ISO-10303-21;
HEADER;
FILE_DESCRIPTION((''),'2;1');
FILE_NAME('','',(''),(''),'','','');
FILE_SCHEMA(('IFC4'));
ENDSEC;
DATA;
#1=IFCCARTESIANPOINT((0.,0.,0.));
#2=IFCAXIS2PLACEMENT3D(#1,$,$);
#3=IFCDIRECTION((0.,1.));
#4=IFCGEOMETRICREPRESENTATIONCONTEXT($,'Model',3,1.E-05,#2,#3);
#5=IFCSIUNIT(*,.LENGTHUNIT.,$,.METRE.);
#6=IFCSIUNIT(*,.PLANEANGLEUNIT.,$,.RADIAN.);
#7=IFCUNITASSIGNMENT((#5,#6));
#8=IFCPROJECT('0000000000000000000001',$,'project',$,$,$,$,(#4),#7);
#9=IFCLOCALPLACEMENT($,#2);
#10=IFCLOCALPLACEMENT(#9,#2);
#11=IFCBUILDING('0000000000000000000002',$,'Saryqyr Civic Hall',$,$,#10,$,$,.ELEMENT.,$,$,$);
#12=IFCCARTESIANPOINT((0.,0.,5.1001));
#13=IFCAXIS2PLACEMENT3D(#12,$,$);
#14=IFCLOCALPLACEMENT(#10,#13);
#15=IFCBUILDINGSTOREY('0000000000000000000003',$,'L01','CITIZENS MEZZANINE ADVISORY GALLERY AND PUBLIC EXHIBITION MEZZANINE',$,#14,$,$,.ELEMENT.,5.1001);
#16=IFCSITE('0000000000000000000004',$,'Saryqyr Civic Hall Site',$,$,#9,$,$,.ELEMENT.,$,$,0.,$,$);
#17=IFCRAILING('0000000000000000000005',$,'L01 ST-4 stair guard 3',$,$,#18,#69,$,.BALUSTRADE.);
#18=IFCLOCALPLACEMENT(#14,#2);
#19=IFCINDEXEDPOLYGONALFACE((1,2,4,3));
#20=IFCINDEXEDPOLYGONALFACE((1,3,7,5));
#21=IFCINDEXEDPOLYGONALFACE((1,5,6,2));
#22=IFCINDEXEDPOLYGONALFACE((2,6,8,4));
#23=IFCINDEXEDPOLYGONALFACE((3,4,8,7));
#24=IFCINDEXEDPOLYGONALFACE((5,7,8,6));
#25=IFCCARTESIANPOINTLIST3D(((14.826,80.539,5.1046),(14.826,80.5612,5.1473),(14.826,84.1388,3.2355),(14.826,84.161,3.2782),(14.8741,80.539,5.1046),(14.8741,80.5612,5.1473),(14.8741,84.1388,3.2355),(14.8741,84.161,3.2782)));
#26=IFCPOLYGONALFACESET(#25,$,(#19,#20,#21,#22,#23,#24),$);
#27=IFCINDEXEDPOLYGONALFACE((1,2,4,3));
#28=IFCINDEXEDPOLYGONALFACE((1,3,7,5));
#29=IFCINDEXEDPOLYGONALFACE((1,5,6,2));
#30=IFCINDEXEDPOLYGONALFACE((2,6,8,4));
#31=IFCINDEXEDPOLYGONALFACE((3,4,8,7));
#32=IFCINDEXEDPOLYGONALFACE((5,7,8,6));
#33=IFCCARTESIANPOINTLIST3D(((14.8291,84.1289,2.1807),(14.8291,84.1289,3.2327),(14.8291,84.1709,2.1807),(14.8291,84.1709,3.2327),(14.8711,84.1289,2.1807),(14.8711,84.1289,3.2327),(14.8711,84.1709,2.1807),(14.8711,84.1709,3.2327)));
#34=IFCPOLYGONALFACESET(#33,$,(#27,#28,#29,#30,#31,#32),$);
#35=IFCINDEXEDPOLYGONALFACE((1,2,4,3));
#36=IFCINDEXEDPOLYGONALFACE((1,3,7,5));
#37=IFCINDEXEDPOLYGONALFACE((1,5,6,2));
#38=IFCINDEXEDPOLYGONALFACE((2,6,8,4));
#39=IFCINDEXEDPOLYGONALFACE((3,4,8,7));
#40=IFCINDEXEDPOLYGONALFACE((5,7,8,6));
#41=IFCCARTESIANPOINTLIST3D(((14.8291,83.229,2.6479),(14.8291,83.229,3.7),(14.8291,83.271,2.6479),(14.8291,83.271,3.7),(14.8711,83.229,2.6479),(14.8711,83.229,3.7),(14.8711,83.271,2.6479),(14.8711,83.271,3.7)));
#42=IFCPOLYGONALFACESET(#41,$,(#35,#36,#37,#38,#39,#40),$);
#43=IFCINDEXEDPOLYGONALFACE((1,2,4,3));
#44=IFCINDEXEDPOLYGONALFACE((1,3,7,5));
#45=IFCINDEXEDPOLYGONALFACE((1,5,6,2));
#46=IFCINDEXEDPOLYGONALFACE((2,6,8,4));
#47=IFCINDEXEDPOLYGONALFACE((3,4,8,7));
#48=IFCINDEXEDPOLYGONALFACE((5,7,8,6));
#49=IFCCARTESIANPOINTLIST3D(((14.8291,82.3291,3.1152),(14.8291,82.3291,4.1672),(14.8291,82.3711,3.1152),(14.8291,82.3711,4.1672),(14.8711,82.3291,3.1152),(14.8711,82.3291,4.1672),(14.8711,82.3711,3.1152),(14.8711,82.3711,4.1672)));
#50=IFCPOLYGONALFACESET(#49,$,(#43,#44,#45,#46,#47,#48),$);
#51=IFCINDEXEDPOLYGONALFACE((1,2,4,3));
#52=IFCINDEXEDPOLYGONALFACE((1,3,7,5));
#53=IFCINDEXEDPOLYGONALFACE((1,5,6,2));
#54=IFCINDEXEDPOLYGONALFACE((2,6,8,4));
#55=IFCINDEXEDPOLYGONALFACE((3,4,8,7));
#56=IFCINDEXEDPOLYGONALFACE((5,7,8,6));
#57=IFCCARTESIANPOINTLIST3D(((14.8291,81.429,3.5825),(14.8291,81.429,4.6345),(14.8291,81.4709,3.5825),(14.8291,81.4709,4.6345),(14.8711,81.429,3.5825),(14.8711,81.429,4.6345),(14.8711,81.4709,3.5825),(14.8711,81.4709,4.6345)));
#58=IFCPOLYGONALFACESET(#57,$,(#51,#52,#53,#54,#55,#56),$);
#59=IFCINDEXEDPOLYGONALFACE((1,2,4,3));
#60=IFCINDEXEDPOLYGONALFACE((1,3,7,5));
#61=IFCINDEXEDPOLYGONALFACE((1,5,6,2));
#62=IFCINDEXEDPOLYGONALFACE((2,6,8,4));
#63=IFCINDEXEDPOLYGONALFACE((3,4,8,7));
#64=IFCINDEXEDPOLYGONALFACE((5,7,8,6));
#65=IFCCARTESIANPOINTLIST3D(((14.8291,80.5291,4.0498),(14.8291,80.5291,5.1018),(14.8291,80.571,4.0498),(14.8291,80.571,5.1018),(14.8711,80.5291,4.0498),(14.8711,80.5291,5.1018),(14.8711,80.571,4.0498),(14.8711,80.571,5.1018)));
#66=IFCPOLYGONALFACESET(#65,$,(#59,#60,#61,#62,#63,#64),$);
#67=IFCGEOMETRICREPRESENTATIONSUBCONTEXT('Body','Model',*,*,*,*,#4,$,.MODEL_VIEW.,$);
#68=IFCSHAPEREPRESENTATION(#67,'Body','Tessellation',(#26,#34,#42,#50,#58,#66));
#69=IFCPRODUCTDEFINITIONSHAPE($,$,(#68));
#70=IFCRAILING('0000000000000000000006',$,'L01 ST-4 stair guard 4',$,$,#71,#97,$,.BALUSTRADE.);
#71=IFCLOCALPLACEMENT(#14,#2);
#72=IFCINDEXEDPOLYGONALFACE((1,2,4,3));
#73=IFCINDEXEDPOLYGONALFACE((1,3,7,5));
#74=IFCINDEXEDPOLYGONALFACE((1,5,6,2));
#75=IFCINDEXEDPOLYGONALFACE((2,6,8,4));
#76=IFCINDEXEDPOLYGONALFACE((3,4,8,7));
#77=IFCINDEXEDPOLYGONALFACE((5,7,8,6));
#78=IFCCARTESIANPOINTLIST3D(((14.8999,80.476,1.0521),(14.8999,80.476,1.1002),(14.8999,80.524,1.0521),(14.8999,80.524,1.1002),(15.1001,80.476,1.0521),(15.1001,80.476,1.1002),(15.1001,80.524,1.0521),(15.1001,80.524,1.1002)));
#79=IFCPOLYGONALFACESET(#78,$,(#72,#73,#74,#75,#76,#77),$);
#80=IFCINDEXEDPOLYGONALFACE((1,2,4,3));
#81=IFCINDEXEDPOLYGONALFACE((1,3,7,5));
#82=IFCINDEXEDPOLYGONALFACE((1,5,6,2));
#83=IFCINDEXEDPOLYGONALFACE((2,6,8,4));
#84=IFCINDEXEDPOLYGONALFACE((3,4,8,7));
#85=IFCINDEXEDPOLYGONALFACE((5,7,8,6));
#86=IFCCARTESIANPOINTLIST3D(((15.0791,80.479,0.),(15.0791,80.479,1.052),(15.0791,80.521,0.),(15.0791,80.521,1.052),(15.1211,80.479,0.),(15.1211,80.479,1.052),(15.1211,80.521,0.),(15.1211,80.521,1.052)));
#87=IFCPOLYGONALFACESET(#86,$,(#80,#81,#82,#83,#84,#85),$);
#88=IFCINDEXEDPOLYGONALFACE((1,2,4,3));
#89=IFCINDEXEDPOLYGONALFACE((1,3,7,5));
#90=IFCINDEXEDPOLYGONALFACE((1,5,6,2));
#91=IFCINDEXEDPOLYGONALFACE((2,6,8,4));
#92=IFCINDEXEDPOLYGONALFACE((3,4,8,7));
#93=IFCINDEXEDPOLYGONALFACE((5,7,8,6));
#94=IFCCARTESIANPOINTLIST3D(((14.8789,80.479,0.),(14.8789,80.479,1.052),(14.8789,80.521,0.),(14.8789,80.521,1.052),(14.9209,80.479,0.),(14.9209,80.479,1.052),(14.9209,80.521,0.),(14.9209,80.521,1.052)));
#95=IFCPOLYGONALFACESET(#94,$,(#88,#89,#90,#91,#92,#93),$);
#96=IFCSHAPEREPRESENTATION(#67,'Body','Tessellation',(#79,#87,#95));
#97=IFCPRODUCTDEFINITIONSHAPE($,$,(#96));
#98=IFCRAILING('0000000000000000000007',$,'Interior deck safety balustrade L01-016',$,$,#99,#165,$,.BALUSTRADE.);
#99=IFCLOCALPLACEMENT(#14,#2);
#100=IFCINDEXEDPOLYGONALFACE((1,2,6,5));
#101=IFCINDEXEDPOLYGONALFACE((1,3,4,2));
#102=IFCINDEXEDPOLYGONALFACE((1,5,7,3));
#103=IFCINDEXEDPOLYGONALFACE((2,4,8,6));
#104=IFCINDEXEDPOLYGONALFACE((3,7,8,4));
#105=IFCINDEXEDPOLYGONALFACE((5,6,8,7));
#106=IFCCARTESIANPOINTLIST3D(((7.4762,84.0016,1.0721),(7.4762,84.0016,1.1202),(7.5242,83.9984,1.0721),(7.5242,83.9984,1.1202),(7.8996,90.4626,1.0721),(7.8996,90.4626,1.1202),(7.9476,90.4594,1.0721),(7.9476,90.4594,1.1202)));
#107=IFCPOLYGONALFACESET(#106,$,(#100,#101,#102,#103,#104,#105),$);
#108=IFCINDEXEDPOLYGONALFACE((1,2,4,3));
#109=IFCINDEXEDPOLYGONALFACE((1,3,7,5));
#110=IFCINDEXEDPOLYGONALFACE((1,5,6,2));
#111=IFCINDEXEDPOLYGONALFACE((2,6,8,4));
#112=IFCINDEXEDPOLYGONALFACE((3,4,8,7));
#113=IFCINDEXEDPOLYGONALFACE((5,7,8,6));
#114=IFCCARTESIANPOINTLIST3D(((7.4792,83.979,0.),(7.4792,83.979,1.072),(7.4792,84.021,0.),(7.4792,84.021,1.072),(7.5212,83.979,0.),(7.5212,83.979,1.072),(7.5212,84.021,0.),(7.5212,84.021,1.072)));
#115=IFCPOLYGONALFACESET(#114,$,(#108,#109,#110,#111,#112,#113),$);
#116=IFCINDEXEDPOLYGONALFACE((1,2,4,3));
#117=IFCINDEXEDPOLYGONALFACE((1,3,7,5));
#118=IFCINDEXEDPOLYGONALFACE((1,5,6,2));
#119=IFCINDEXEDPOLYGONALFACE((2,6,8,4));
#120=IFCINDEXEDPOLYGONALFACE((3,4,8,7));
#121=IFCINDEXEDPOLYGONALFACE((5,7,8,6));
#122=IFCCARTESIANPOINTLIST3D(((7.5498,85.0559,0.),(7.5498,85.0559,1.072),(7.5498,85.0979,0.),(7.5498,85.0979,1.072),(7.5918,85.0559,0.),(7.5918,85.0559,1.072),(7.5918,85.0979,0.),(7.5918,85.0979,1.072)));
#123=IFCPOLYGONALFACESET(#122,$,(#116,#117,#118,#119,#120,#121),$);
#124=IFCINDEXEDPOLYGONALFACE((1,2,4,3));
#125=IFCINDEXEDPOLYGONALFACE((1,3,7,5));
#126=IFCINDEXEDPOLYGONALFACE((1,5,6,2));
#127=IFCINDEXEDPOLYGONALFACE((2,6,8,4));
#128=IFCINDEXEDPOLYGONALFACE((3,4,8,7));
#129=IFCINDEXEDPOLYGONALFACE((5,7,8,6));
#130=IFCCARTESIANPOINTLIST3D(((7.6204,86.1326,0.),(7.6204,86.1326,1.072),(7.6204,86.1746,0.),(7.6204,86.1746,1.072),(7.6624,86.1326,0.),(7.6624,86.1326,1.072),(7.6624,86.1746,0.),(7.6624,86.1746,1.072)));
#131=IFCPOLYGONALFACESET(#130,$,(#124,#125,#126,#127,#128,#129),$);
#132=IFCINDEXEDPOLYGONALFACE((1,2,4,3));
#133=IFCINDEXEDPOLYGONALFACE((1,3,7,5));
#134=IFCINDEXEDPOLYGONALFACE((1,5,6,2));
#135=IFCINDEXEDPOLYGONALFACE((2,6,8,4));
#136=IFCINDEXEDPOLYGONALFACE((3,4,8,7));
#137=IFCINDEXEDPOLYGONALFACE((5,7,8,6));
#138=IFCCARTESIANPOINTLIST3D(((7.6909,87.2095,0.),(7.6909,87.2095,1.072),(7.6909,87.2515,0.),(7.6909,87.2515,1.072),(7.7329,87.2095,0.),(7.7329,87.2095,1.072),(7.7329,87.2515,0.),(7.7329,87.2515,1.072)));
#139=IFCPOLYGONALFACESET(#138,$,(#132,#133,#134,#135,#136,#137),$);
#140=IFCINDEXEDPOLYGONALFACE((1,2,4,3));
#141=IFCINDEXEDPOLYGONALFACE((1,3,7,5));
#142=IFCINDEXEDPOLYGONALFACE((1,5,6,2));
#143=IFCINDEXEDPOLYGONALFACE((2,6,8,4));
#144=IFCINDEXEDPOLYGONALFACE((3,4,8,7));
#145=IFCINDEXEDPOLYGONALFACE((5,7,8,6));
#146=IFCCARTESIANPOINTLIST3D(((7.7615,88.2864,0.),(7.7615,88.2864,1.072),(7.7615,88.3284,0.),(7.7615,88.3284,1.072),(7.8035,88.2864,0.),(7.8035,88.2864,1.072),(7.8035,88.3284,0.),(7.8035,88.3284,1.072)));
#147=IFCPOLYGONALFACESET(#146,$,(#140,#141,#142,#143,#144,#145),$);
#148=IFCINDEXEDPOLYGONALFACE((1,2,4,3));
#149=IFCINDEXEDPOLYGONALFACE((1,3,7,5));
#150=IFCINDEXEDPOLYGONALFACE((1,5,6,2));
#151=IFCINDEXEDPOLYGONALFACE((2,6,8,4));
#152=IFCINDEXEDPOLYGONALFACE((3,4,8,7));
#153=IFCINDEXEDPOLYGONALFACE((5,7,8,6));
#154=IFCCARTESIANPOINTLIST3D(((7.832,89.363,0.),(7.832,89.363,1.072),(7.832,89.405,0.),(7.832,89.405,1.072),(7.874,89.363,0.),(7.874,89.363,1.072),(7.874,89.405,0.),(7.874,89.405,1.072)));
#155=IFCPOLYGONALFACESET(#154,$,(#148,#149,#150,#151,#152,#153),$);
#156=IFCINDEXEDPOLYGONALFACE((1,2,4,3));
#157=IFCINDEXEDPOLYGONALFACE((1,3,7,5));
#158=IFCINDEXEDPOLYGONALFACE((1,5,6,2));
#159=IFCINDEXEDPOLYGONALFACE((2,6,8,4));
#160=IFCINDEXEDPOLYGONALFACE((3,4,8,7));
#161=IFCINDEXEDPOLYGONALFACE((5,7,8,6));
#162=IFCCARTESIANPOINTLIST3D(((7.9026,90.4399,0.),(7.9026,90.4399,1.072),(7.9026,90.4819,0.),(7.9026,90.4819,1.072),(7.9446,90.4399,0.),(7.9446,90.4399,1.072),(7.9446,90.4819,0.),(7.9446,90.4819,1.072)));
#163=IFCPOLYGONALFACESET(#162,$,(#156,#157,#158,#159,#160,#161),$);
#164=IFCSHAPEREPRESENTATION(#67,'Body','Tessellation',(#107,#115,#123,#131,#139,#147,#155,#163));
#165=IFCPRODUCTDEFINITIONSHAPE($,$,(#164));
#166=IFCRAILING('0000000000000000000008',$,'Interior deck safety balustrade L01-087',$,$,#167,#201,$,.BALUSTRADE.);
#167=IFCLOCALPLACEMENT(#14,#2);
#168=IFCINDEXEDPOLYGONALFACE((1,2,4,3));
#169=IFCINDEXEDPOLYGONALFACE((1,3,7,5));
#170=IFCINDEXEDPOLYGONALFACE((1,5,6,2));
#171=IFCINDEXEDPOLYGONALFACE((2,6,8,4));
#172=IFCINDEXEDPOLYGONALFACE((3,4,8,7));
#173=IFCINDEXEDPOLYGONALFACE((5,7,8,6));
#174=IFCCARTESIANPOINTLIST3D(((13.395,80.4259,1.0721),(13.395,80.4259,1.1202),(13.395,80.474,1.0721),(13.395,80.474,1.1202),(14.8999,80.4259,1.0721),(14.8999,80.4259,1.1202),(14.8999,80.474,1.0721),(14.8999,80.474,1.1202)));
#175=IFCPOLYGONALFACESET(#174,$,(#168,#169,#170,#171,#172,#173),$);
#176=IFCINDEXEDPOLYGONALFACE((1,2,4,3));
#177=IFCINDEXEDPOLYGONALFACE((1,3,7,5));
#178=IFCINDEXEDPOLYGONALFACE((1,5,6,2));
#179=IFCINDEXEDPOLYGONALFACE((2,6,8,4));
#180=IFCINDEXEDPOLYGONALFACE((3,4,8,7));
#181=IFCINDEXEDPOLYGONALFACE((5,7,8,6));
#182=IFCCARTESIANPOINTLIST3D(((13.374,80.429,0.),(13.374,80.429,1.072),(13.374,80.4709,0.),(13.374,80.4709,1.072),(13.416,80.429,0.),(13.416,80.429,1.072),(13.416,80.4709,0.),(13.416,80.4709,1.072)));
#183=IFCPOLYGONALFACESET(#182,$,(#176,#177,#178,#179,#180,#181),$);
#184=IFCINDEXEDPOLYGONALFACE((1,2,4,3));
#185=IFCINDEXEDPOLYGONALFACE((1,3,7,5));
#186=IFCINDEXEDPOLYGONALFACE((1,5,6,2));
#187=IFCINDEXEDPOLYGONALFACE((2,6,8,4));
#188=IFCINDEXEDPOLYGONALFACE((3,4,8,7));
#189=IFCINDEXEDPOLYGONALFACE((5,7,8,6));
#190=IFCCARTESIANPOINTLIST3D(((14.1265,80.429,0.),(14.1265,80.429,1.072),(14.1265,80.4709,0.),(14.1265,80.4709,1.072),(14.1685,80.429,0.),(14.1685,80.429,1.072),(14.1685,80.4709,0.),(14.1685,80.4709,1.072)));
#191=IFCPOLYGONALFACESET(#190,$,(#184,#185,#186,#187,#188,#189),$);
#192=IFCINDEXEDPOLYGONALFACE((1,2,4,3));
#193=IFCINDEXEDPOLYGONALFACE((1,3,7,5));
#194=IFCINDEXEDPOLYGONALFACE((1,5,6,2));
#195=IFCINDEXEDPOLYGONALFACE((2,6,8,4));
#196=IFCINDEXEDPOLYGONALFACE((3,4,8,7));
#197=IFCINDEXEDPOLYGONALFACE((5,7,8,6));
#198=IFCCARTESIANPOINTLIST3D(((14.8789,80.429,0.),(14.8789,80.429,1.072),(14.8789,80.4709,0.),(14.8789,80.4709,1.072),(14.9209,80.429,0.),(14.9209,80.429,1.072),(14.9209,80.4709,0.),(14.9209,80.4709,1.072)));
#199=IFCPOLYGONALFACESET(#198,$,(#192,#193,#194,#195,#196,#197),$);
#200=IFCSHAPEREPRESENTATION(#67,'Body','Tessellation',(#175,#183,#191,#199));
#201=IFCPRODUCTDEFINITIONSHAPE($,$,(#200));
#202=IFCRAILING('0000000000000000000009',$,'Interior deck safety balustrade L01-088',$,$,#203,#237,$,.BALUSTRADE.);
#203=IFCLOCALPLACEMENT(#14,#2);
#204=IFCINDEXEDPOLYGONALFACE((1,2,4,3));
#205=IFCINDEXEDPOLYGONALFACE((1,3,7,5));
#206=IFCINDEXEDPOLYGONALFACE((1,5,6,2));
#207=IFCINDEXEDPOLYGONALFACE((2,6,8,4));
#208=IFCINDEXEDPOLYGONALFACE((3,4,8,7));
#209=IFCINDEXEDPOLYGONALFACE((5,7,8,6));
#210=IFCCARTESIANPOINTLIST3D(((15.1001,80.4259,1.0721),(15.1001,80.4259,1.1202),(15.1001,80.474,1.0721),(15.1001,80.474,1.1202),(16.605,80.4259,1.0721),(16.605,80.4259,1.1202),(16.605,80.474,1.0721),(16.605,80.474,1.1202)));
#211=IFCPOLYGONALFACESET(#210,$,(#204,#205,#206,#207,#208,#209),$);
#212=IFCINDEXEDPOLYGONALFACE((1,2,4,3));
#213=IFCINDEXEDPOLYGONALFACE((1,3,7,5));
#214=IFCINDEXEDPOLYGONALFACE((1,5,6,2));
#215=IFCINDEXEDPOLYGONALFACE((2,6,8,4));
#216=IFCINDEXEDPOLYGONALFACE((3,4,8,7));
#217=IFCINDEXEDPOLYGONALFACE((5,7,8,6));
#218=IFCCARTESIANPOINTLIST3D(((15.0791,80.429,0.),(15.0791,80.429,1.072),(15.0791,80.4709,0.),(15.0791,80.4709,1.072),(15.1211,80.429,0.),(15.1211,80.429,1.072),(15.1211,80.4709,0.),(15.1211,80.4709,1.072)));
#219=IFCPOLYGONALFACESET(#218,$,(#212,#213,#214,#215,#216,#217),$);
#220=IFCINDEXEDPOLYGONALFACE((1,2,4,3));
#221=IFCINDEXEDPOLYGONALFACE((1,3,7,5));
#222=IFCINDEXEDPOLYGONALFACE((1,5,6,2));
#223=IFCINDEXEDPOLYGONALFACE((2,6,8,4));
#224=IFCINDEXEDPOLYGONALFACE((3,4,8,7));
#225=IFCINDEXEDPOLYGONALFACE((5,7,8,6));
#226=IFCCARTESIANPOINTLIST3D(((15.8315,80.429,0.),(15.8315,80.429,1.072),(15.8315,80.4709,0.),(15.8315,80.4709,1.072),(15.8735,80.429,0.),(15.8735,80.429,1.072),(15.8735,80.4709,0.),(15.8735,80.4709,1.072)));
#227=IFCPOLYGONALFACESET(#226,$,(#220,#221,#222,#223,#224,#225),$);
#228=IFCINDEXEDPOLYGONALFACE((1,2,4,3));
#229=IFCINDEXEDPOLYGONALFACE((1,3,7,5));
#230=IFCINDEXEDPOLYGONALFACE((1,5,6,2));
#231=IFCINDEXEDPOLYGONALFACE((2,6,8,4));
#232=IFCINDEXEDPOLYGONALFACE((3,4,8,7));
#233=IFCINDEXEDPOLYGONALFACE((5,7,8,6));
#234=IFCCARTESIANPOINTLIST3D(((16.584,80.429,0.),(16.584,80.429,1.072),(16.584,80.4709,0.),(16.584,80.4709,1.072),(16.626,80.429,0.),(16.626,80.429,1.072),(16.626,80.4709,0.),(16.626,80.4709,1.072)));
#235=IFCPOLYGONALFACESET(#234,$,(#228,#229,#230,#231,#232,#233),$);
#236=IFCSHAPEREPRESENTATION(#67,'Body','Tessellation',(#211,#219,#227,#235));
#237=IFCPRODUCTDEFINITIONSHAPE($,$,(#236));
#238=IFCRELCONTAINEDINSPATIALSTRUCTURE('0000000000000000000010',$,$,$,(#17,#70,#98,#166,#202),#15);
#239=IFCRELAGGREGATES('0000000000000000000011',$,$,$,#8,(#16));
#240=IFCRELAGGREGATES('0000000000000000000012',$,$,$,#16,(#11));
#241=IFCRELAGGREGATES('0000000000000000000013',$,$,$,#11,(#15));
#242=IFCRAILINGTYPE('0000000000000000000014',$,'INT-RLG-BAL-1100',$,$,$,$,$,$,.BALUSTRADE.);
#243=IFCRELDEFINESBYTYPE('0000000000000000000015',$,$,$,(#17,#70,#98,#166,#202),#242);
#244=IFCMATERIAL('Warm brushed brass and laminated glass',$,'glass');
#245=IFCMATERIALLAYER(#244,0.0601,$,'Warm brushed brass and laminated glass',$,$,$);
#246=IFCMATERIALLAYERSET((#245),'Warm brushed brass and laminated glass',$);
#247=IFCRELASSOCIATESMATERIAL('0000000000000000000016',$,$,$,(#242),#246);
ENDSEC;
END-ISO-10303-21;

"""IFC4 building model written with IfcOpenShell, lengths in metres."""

from ifc_helpers import new_model, si_unit, direction, frame, origin, origin_2d, place, context, subcontext, project, spatial, rectangle, extrude, material, layer, layer_set, type_object, element, save


model = new_model("IFC4")

# Units and contexts
model_context = context("Model", 3, precision=1e-05, world=origin(), true_north=direction((0.0, 1.0)))
body_context = subcontext(model_context, "Body", "Model", "MODEL_VIEW")
ifc_project = project(units=[si_unit("LENGTHUNIT", "METRE"), si_unit("PLANEANGLEUNIT", "RADIAN")], contexts=[model_context])

# Site, building, storey
site_placement = place(None, origin())
site = spatial("IfcSite", under=ifc_project, at=site_placement, Name="Saryqyr Civic Hall Site", CompositionType="ELEMENT", RefElevation=0.0)
building_placement = place(site_placement, origin())
building = spatial("IfcBuilding", under=site, at=building_placement, Name="Saryqyr Civic Hall", CompositionType="ELEMENT")
storey_placement = place(building_placement, frame((0.0, 0.0, 5.1001)))
storey = spatial("IfcBuildingStorey", under=building, at=storey_placement, Name="L01", Description="CITIZENS MEZZANINE ADVISORY GALLERY AND PUBLIC EXHIBITION MEZZANINE", CompositionType="ELEMENT", Elevation=5.1001)

# Railings
ifc_material_1 = material(Name="Warm brushed brass and laminated glass", Category="glass")
ifc_layer_1 = layer(ifc_material_1, 0.0601, Name="Warm brushed brass and laminated glass")
ifc_layer_set_1 = layer_set([ifc_layer_1], Name="Warm brushed brass and laminated glass")
railing_type_1 = type_object("IfcRailingType", Name="INT-RLG-BAL-1100", PredefinedType="BALUSTRADE", material=ifc_layer_set_1)
railing_1_placement = place(storey_placement, frame((14.8501, 84.1499, 2.1807)))
element("IfcRailing", 1, at=railing_1_placement, inside=storey, type_object=railing_type_1, Name="L01 ST-4 stair guard 3", PredefinedType="BALUSTRADE", context=body_context, shape_type="SweptSolid", body=[
    extrude(rectangle(XDim=0.0481, YDim=0.0481, at=origin_2d()), frame((0.0, 0.0, 1.0762), z_axis=(0.0, -0.887497, 0.460813), x_axis=(1.0, 0.0, 0.0)), (0.0, 0.0, 1.0), 4.0562),
    extrude(rectangle(XDim=0.042, YDim=0.042, at=origin_2d()), origin(), (0.0, 0.0, 1.0), 1.052),
    extrude(rectangle(XDim=0.042, YDim=0.042, at=origin_2d()), frame((0.0, -0.8999, 0.4673)), (0.0, 0.0, 1.0), 1.052),
    extrude(rectangle(XDim=0.042, YDim=0.042, at=origin_2d()), frame((0.0, -1.7998, 0.9346)), (0.0, 0.0, 1.0), 1.052),
    extrude(rectangle(XDim=0.042, YDim=0.042, at=origin_2d()), frame((0.0, -2.7, 1.4019)), (0.0, 0.0, 1.0), 1.052),
    extrude(rectangle(XDim=0.042, YDim=0.042, at=origin_2d()), frame((0.0, -3.5999, 1.8691)), (0.0, 0.0, 1.0), 1.052),
])
railing_2_placement = place(storey_placement, frame((15.1001, 80.5, 0.0)))
element("IfcRailing", 2, at=railing_2_placement, inside=storey, type_object=railing_type_1, Name="L01 ST-4 stair guard 4", PredefinedType="BALUSTRADE", context=body_context, shape_type="SweptSolid", body=[
    extrude(rectangle(XDim=0.0481, YDim=0.0481, at=origin_2d()), frame((0.0, 0.0, 1.0762), z_axis=(-1.0, 0.0, 0.0), x_axis=(0.0, -1.0, 0.0)), (0.0, 0.0, 1.0), 0.2002),
    extrude(rectangle(XDim=0.042, YDim=0.042, at=origin_2d()), origin(), (0.0, 0.0, 1.0), 1.052),
    extrude(rectangle(XDim=0.042, YDim=0.042, at=origin_2d()), frame((-0.2002, 0.0, 0.0)), (0.0, 0.0, 1.0), 1.052),
])
railing_3_placement = place(storey_placement, frame((7.5002, 84.0, 0.0)))
element("IfcRailing", 3, at=railing_3_placement, inside=storey, type_object=railing_type_1, Name="Interior deck safety balustrade L01-016", PredefinedType="BALUSTRADE", context=body_context, shape_type="SweptSolid", body=[
    extrude(rectangle(XDim=0.0481, YDim=0.0481, at=origin_2d()), frame((0.0, 0.0, 1.0962), z_axis=(0.065383, 0.99786, 0.0), x_axis=(-0.99786, 0.065383, 0.0)), (0.0, 0.0, 1.0), 6.4749),
    extrude(rectangle(XDim=0.042, YDim=0.042, at=origin_2d()), origin(), (0.0, 0.0, 1.0), 1.072),
    extrude(rectangle(XDim=0.042, YDim=0.042, at=origin_2d()), frame((0.0706, 1.0769, 0.0)), (0.0, 0.0, 1.0), 1.072),
    extrude(rectangle(XDim=0.042, YDim=0.042, at=origin_2d()), frame((0.1411, 2.1536, 0.0)), (0.0, 0.0, 1.0), 1.072),
    extrude(rectangle(XDim=0.042, YDim=0.042, at=origin_2d()), frame((0.2117, 3.2305, 0.0)), (0.0, 0.0, 1.0), 1.072),
    extrude(rectangle(XDim=0.042, YDim=0.042, at=origin_2d()), frame((0.2822, 4.3074, 0.0)), (0.0, 0.0, 1.0), 1.072),
    extrude(rectangle(XDim=0.042, YDim=0.042, at=origin_2d()), frame((0.3528, 5.384, 0.0)), (0.0, 0.0, 1.0), 1.072),
    extrude(rectangle(XDim=0.042, YDim=0.042, at=origin_2d()), frame((0.4233, 6.4609, 0.0)), (0.0, 0.0, 1.0), 1.072),
])
for number, where, name in (
    (4, (13.395, 80.45, 0.0), "Interior deck safety balustrade L01-087"),
    (5, (15.1001, 80.45, 0.0), "Interior deck safety balustrade L01-088"),
):
    element("IfcRailing", number, at=place(storey_placement, frame(where)), inside=storey, type_object=railing_type_1, Name=name, PredefinedType="BALUSTRADE", context=body_context, shape_type="SweptSolid", body=[
        extrude(rectangle(XDim=0.0481, YDim=0.0481, at=origin_2d()), frame((0.0, 0.0, 1.0962), z_axis=(1.0, 0.0, 0.0), x_axis=(0.0, 1.0, 0.0)), (0.0, 0.0, 1.0), 1.5049),
        extrude(rectangle(XDim=0.042, YDim=0.042, at=origin_2d()), origin(), (0.0, 0.0, 1.0), 1.072),
        extrude(rectangle(XDim=0.042, YDim=0.042, at=origin_2d()), frame((0.7524, 0.0, 0.0)), (0.0, 0.0, 1.0), 1.072),
        extrude(rectangle(XDim=0.042, YDim=0.042, at=origin_2d()), frame((1.5049, 0.0, 0.0)), (0.0, 0.0, 1.0), 1.072),
    ])

save(model, "model.ifc")
